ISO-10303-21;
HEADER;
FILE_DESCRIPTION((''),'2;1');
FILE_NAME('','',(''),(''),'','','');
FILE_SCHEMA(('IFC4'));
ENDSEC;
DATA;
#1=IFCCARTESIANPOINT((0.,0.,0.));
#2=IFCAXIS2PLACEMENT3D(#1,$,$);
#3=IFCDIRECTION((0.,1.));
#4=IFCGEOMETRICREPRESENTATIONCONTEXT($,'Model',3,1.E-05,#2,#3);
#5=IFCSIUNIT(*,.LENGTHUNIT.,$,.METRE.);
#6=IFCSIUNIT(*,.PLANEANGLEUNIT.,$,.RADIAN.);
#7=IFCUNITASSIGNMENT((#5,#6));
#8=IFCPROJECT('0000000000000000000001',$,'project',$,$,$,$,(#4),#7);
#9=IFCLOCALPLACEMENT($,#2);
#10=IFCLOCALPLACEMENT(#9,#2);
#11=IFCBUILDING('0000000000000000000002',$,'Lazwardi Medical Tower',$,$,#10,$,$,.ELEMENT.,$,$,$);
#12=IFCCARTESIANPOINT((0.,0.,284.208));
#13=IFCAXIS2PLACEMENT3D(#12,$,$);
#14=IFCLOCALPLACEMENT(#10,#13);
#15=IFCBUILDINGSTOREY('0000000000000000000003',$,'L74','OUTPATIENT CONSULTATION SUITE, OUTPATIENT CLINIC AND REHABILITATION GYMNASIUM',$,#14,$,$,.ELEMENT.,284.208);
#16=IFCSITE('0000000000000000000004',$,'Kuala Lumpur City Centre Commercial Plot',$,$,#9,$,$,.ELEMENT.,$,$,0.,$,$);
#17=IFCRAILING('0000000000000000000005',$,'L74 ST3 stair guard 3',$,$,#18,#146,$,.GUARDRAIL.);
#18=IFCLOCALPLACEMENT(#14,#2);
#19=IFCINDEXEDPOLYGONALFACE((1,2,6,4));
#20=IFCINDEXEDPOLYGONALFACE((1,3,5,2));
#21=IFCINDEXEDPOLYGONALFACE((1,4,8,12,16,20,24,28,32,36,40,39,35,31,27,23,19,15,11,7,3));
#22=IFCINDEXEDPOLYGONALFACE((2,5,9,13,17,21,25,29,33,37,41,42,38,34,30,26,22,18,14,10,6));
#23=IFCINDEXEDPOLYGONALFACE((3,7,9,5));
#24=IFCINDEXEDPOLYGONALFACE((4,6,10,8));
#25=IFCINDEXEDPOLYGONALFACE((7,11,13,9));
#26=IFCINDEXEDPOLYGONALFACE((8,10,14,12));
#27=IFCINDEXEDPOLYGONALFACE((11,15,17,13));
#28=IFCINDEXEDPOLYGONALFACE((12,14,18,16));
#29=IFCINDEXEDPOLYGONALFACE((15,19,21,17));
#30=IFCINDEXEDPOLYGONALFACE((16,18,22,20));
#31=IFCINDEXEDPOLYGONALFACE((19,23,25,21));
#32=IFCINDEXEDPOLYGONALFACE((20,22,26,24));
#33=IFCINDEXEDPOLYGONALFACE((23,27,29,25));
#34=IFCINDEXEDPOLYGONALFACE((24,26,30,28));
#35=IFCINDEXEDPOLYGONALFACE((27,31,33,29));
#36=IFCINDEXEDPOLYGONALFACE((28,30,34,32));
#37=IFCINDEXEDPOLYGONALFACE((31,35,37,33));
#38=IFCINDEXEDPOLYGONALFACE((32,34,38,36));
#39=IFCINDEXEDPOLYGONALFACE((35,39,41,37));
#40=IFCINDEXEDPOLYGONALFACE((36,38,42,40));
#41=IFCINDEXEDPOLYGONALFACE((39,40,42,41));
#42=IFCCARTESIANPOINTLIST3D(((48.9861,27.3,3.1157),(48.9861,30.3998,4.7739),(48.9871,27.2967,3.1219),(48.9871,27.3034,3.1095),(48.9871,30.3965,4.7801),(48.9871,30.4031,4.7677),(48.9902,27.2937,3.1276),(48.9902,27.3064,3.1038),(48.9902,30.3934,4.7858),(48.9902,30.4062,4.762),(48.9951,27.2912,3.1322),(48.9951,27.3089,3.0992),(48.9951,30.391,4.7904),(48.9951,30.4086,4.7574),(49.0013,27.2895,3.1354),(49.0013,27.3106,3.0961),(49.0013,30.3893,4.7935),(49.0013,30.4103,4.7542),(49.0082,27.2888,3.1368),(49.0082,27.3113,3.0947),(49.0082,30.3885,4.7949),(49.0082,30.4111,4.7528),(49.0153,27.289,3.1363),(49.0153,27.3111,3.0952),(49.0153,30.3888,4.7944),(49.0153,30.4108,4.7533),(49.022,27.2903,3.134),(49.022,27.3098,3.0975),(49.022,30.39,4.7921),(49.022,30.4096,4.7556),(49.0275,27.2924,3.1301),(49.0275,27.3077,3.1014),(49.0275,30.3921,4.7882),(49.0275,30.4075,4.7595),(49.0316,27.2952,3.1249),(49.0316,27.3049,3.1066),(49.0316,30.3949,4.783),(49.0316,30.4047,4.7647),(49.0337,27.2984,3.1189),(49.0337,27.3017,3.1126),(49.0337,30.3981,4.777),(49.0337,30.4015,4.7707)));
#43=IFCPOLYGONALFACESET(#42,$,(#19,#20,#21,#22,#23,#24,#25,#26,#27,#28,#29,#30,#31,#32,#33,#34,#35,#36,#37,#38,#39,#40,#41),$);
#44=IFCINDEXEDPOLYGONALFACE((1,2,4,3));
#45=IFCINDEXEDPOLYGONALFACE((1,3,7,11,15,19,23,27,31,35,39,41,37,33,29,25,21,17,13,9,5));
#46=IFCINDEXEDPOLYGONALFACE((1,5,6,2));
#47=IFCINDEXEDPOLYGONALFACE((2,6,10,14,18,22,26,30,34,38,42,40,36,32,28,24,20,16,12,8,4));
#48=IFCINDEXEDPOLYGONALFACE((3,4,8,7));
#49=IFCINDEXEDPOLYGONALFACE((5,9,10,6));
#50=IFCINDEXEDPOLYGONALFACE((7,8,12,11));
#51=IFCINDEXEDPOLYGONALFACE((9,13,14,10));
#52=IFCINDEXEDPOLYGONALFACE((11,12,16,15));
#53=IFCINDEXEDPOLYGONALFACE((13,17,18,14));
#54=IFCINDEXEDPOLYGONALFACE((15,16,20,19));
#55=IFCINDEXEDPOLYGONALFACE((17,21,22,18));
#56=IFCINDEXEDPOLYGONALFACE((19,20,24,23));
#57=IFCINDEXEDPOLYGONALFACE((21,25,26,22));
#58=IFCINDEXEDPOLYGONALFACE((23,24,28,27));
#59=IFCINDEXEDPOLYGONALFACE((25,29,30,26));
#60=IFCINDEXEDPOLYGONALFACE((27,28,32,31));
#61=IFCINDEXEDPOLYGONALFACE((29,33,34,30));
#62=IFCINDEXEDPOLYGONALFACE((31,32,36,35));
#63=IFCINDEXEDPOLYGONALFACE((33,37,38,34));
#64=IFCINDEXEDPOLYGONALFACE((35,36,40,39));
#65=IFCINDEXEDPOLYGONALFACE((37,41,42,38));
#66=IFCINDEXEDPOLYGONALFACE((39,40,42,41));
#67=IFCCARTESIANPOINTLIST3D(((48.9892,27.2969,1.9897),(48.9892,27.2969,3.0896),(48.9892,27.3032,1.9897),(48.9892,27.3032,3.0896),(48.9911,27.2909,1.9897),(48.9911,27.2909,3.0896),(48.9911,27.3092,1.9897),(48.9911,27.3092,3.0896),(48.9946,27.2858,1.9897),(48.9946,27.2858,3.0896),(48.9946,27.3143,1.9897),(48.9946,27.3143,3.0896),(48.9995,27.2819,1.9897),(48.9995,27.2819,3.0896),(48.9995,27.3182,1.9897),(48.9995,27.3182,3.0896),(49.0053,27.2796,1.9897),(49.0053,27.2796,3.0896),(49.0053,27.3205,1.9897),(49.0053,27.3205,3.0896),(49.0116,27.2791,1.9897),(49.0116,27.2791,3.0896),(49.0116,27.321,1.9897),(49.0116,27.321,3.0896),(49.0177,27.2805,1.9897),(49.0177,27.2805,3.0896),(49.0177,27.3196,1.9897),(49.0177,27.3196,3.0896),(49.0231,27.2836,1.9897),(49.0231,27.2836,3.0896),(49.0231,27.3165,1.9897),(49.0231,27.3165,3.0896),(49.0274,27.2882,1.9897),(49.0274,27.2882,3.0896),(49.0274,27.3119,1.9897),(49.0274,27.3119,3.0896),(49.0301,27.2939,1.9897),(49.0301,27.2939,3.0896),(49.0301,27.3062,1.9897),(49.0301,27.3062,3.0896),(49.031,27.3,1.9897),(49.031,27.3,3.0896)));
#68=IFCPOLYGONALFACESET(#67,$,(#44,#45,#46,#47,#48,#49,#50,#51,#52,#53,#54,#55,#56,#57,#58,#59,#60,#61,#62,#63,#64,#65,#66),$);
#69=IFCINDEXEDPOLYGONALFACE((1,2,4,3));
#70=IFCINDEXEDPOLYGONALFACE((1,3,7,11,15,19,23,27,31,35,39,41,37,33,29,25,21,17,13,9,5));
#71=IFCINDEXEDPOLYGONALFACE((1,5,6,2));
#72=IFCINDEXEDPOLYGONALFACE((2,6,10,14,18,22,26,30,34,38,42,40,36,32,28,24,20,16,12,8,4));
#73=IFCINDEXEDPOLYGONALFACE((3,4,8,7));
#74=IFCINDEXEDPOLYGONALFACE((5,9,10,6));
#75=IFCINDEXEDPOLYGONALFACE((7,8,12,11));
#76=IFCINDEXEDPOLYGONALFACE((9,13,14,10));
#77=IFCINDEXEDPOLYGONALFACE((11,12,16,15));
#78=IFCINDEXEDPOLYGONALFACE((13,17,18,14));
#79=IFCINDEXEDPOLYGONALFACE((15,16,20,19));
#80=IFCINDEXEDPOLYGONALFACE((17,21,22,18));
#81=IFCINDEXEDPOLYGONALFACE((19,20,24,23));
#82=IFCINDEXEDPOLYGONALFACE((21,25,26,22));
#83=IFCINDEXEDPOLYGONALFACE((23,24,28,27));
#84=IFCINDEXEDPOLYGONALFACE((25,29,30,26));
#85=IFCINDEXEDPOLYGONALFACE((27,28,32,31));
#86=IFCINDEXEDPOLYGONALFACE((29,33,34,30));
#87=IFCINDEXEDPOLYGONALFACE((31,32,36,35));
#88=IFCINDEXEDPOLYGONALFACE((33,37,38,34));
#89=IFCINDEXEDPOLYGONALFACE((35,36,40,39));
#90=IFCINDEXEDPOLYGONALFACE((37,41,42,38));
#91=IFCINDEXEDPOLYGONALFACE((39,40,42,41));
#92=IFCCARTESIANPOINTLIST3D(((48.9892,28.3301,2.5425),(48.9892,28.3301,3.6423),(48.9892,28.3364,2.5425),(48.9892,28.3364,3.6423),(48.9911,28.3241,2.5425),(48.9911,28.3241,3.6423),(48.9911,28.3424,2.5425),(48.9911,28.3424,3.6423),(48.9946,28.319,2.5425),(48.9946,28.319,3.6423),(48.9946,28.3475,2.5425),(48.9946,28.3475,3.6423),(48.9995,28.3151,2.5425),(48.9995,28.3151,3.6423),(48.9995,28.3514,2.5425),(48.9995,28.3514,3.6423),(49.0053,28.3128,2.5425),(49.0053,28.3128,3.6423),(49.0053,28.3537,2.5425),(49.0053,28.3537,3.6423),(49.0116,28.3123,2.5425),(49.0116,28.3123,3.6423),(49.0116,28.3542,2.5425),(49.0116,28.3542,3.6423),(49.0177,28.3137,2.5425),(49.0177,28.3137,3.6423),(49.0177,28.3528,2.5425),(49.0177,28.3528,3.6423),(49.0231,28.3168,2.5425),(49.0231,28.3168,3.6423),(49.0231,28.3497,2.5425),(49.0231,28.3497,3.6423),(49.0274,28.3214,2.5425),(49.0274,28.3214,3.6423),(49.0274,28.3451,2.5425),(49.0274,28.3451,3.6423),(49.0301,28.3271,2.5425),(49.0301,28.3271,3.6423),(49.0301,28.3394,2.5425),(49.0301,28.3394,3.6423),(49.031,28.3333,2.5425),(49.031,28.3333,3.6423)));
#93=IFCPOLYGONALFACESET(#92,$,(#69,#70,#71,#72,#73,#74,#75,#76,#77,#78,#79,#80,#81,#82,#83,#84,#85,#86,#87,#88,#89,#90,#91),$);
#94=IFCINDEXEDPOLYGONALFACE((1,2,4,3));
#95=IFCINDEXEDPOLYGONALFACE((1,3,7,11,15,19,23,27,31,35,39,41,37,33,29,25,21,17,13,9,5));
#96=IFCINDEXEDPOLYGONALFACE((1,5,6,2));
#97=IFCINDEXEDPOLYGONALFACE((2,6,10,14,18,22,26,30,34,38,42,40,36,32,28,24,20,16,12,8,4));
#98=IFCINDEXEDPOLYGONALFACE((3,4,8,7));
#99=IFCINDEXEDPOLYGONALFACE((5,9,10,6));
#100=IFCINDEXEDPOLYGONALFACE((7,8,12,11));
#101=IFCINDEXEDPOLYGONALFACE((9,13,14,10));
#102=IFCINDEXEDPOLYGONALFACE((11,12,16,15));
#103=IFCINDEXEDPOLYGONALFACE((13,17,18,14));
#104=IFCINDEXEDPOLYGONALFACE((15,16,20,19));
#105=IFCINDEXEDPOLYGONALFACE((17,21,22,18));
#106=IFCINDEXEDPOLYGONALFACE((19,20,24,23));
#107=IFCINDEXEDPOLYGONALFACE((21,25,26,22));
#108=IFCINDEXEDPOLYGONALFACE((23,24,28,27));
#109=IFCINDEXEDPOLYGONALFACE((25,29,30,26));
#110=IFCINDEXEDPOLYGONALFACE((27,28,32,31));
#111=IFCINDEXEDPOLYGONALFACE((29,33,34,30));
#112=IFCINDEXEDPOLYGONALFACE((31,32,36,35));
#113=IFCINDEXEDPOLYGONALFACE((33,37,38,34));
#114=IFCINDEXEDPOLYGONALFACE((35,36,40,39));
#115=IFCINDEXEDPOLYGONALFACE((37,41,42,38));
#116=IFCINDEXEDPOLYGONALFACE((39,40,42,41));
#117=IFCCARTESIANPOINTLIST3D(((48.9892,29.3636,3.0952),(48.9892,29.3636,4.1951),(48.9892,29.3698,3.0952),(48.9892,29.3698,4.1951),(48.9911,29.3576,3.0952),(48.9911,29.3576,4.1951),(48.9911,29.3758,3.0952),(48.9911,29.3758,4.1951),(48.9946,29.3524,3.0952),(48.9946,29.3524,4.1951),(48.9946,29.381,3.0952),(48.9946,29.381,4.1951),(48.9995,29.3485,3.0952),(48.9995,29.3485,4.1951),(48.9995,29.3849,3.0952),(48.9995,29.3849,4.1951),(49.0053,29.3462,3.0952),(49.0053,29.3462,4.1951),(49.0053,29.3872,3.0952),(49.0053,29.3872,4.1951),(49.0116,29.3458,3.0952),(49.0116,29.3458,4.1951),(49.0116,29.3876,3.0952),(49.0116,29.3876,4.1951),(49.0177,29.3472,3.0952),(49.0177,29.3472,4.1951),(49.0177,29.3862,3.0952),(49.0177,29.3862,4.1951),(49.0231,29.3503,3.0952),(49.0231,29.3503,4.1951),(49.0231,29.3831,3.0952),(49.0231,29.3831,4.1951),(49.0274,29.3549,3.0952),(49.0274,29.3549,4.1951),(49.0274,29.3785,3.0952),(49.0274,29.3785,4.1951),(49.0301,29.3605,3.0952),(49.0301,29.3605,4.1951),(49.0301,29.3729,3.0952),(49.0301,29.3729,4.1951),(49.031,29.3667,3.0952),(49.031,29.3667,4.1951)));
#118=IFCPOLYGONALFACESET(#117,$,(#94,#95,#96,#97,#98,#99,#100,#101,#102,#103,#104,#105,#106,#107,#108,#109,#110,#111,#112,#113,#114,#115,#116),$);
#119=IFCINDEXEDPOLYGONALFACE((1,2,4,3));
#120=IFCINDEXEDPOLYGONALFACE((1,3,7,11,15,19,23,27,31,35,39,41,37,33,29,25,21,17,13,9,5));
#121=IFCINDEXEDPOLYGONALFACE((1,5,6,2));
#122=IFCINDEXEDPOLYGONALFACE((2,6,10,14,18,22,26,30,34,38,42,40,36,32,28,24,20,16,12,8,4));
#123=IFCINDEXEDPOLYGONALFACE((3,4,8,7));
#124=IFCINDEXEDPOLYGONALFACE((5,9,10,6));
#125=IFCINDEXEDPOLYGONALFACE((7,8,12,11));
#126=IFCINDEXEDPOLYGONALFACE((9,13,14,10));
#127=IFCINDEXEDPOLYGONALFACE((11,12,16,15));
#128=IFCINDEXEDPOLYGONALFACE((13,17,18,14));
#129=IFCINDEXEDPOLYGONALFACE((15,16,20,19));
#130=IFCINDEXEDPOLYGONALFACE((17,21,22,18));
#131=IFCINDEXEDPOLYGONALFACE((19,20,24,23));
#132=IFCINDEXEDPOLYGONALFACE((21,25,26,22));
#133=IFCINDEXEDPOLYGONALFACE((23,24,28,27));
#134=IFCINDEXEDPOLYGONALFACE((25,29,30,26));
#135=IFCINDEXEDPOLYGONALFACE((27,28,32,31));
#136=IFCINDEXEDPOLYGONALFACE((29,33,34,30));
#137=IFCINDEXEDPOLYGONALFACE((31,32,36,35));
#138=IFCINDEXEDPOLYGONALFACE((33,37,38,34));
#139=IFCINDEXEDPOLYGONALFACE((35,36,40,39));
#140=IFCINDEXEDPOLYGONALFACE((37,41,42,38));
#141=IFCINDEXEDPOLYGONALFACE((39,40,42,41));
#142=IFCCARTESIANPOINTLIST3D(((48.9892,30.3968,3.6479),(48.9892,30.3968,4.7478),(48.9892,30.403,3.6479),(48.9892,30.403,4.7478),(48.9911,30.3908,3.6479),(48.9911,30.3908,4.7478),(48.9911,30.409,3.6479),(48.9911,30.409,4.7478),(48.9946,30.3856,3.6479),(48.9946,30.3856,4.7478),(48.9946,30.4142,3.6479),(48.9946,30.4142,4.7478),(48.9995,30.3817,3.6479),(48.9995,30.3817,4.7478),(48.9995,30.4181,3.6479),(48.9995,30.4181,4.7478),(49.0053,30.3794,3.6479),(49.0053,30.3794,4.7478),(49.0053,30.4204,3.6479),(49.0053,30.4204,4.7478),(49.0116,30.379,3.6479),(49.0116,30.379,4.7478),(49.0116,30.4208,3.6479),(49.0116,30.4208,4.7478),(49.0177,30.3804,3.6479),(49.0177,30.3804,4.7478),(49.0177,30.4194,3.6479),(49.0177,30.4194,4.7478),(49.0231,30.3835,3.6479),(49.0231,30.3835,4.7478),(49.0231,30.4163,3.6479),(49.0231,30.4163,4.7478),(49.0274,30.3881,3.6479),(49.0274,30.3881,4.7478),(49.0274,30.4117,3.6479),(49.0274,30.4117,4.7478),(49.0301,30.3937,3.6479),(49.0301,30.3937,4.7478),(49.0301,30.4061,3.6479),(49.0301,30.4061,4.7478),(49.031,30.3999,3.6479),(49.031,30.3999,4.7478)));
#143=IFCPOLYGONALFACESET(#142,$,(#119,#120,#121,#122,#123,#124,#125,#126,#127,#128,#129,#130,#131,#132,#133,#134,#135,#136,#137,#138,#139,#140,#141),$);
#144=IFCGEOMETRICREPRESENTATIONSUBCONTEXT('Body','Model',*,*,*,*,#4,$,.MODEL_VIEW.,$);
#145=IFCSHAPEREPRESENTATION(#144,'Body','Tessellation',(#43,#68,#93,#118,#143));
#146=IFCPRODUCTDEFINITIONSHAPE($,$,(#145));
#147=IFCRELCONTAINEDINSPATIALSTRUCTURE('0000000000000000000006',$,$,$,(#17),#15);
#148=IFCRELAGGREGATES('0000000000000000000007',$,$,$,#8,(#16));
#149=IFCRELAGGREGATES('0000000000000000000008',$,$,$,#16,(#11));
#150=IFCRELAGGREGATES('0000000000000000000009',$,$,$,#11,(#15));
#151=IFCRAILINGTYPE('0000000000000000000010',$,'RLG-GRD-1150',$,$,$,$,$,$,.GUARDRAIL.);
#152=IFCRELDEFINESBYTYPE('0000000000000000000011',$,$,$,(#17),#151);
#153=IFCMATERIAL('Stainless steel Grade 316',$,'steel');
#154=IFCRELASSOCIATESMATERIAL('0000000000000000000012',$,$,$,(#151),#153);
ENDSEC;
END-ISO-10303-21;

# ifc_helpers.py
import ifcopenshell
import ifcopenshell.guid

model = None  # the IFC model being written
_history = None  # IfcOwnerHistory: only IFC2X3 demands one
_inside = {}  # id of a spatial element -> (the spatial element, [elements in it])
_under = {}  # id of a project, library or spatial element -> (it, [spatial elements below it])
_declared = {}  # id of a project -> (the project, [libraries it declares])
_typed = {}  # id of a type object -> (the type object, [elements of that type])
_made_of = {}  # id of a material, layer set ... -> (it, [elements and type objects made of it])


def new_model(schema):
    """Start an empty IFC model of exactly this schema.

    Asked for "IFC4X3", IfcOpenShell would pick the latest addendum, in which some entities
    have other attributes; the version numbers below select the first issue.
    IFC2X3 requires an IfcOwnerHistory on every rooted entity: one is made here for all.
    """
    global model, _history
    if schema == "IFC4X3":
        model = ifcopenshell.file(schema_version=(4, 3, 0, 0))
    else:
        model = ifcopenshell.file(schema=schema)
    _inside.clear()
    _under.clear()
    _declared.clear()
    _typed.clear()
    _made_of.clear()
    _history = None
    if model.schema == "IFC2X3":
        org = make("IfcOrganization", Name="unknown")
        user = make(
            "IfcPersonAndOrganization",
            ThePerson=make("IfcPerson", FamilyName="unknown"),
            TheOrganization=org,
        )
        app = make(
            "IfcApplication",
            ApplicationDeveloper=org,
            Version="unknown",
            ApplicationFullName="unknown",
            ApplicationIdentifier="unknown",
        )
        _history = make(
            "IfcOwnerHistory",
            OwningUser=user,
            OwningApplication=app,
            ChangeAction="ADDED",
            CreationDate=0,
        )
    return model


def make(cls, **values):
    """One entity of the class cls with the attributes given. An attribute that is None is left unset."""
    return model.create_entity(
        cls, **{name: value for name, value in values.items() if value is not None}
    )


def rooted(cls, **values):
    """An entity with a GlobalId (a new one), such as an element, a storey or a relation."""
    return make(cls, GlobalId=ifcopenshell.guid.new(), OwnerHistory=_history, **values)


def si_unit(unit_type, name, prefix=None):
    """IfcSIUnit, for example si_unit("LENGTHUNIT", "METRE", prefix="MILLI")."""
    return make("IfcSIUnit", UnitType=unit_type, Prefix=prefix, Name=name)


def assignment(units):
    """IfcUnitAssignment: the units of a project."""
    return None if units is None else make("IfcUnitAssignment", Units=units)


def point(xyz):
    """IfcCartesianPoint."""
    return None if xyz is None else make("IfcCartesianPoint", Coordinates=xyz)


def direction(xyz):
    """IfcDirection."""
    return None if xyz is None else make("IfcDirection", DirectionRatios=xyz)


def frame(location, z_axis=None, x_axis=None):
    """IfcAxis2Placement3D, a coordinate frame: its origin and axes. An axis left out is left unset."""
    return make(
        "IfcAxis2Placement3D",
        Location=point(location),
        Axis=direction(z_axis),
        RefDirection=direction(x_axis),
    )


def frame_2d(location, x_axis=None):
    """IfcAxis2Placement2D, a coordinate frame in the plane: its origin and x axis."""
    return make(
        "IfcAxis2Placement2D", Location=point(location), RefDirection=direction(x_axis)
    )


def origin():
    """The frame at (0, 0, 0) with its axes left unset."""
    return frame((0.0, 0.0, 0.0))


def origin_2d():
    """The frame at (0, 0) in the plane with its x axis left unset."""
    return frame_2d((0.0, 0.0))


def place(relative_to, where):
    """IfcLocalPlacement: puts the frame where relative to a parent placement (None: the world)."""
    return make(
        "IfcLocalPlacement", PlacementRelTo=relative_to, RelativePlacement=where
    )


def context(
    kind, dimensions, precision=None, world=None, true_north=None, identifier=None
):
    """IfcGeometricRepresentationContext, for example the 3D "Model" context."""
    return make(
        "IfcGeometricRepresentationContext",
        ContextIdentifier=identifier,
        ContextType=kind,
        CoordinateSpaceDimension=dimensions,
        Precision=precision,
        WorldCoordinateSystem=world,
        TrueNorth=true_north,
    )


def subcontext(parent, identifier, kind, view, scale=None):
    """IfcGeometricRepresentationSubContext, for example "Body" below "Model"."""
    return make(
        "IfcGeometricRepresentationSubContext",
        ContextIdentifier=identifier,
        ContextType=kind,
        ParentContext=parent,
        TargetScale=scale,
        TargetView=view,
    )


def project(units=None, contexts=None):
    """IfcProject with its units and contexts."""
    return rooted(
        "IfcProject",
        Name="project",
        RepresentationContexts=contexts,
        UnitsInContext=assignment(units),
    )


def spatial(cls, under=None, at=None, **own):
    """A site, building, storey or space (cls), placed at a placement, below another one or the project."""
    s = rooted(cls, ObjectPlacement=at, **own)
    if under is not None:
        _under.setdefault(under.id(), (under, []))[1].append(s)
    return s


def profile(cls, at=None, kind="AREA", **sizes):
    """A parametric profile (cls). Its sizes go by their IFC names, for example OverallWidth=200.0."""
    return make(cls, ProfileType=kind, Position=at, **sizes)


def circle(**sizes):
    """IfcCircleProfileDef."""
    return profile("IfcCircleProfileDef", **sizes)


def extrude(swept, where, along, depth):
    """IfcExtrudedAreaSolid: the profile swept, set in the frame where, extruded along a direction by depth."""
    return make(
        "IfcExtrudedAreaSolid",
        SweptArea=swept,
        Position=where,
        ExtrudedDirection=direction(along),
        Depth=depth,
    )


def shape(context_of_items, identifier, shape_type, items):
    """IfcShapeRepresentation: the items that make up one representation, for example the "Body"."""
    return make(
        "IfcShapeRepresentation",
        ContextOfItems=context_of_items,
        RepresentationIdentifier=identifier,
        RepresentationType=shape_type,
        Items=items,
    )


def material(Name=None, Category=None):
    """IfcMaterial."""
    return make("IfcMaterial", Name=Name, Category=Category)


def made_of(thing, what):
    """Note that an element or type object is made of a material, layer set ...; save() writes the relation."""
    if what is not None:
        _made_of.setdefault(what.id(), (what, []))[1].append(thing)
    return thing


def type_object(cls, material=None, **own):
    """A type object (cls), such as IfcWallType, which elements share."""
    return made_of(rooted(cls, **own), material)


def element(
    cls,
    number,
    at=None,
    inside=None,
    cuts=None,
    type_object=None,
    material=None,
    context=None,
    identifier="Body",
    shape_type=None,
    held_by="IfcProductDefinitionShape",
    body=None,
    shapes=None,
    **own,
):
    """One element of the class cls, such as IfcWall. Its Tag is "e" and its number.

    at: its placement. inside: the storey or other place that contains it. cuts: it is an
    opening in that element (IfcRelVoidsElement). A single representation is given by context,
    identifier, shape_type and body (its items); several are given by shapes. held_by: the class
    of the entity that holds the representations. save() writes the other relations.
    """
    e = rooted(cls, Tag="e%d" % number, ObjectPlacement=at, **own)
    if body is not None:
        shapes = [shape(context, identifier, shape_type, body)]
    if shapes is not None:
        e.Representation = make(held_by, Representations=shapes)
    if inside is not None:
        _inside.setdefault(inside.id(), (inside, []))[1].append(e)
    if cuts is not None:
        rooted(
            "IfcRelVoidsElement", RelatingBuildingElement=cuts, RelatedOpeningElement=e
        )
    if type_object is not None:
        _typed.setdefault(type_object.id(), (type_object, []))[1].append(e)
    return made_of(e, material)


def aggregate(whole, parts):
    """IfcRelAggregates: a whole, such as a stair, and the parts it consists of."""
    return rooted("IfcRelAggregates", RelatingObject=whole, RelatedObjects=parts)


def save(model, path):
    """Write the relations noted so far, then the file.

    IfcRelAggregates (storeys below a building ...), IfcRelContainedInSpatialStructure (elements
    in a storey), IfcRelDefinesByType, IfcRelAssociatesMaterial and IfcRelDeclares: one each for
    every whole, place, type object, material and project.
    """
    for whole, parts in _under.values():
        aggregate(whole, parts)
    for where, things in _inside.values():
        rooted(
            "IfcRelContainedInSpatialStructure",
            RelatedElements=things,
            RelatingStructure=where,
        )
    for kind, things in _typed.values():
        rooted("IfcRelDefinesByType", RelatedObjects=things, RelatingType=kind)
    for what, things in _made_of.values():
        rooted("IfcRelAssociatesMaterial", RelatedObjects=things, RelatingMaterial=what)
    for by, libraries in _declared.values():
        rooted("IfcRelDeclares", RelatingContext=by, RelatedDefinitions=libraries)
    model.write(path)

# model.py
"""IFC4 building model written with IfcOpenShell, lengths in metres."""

from ifc_helpers import new_model, si_unit, direction, frame, origin, origin_2d, place, context, subcontext, project, spatial, circle, extrude, material, type_object, element, save


model = new_model("IFC4")

# Units and contexts
model_context = context("Model", 3, precision=1e-05, world=origin(), true_north=direction((0.0, 1.0)))
body_context = subcontext(model_context, "Body", "Model", "MODEL_VIEW")
ifc_project = project(units=[si_unit("LENGTHUNIT", "METRE"), si_unit("PLANEANGLEUNIT", "RADIAN")], contexts=[model_context])

# Site, building, storey
site_placement = place(None, origin())
site = spatial("IfcSite", under=ifc_project, at=site_placement, Name="Kuala Lumpur City Centre Commercial Plot", CompositionType="ELEMENT", RefElevation=0.0)
building_placement = place(site_placement, origin())
building = spatial("IfcBuilding", under=site, at=building_placement, Name="Lazwardi Medical Tower", CompositionType="ELEMENT")
storey_placement = place(building_placement, frame((0.0, 0.0, 284.208)))
storey = spatial("IfcBuildingStorey", under=building, at=storey_placement, Name="L74", Description="OUTPATIENT CONSULTATION SUITE, OUTPATIENT CLINIC AND REHABILITATION GYMNASIUM", CompositionType="ELEMENT", Elevation=284.208)

# Railing
ifc_material_1 = material(Name="Stainless steel Grade 316", Category="steel")
railing_type_1 = type_object("IfcRailingType", Name="RLG-GRD-1150", PredefinedType="GUARDRAIL", material=ifc_material_1)
railing_1_placement = place(storey_placement, frame((49.01, 27.3, 1.9897)))
element("IfcRailing", 1, at=railing_1_placement, inside=storey, type_object=railing_type_1, Name="L74 ST3 stair guard 3", PredefinedType="GUARDRAIL", context=body_context, shape_type="SweptSolid", body=[
    extrude(circle(Radius=0.0239, at=origin_2d()), frame((0.0, 0.0, 1.126), z_axis=(0.0, 0.881768, 0.471684), x_axis=(-1.0, 0.0, 0.0)), (0.0, 0.0, 1.0), 3.5154),
    extrude(circle(Radius=0.021, at=origin_2d()), origin(), (0.0, 0.0, 1.0), 1.0999),
    extrude(circle(Radius=0.021, at=origin_2d()), frame((0.0, 1.0332, 0.5527)), (0.0, 0.0, 1.0), 1.0999),
    extrude(circle(Radius=0.021, at=origin_2d()), frame((0.0, 2.0667, 1.1055)), (0.0, 0.0, 1.0), 1.0999),
    extrude(circle(Radius=0.021, at=origin_2d()), frame((0.0, 3.0999, 1.6582)), (0.0, 0.0, 1.0), 1.0999),
])

save(model, "model.ifc")
